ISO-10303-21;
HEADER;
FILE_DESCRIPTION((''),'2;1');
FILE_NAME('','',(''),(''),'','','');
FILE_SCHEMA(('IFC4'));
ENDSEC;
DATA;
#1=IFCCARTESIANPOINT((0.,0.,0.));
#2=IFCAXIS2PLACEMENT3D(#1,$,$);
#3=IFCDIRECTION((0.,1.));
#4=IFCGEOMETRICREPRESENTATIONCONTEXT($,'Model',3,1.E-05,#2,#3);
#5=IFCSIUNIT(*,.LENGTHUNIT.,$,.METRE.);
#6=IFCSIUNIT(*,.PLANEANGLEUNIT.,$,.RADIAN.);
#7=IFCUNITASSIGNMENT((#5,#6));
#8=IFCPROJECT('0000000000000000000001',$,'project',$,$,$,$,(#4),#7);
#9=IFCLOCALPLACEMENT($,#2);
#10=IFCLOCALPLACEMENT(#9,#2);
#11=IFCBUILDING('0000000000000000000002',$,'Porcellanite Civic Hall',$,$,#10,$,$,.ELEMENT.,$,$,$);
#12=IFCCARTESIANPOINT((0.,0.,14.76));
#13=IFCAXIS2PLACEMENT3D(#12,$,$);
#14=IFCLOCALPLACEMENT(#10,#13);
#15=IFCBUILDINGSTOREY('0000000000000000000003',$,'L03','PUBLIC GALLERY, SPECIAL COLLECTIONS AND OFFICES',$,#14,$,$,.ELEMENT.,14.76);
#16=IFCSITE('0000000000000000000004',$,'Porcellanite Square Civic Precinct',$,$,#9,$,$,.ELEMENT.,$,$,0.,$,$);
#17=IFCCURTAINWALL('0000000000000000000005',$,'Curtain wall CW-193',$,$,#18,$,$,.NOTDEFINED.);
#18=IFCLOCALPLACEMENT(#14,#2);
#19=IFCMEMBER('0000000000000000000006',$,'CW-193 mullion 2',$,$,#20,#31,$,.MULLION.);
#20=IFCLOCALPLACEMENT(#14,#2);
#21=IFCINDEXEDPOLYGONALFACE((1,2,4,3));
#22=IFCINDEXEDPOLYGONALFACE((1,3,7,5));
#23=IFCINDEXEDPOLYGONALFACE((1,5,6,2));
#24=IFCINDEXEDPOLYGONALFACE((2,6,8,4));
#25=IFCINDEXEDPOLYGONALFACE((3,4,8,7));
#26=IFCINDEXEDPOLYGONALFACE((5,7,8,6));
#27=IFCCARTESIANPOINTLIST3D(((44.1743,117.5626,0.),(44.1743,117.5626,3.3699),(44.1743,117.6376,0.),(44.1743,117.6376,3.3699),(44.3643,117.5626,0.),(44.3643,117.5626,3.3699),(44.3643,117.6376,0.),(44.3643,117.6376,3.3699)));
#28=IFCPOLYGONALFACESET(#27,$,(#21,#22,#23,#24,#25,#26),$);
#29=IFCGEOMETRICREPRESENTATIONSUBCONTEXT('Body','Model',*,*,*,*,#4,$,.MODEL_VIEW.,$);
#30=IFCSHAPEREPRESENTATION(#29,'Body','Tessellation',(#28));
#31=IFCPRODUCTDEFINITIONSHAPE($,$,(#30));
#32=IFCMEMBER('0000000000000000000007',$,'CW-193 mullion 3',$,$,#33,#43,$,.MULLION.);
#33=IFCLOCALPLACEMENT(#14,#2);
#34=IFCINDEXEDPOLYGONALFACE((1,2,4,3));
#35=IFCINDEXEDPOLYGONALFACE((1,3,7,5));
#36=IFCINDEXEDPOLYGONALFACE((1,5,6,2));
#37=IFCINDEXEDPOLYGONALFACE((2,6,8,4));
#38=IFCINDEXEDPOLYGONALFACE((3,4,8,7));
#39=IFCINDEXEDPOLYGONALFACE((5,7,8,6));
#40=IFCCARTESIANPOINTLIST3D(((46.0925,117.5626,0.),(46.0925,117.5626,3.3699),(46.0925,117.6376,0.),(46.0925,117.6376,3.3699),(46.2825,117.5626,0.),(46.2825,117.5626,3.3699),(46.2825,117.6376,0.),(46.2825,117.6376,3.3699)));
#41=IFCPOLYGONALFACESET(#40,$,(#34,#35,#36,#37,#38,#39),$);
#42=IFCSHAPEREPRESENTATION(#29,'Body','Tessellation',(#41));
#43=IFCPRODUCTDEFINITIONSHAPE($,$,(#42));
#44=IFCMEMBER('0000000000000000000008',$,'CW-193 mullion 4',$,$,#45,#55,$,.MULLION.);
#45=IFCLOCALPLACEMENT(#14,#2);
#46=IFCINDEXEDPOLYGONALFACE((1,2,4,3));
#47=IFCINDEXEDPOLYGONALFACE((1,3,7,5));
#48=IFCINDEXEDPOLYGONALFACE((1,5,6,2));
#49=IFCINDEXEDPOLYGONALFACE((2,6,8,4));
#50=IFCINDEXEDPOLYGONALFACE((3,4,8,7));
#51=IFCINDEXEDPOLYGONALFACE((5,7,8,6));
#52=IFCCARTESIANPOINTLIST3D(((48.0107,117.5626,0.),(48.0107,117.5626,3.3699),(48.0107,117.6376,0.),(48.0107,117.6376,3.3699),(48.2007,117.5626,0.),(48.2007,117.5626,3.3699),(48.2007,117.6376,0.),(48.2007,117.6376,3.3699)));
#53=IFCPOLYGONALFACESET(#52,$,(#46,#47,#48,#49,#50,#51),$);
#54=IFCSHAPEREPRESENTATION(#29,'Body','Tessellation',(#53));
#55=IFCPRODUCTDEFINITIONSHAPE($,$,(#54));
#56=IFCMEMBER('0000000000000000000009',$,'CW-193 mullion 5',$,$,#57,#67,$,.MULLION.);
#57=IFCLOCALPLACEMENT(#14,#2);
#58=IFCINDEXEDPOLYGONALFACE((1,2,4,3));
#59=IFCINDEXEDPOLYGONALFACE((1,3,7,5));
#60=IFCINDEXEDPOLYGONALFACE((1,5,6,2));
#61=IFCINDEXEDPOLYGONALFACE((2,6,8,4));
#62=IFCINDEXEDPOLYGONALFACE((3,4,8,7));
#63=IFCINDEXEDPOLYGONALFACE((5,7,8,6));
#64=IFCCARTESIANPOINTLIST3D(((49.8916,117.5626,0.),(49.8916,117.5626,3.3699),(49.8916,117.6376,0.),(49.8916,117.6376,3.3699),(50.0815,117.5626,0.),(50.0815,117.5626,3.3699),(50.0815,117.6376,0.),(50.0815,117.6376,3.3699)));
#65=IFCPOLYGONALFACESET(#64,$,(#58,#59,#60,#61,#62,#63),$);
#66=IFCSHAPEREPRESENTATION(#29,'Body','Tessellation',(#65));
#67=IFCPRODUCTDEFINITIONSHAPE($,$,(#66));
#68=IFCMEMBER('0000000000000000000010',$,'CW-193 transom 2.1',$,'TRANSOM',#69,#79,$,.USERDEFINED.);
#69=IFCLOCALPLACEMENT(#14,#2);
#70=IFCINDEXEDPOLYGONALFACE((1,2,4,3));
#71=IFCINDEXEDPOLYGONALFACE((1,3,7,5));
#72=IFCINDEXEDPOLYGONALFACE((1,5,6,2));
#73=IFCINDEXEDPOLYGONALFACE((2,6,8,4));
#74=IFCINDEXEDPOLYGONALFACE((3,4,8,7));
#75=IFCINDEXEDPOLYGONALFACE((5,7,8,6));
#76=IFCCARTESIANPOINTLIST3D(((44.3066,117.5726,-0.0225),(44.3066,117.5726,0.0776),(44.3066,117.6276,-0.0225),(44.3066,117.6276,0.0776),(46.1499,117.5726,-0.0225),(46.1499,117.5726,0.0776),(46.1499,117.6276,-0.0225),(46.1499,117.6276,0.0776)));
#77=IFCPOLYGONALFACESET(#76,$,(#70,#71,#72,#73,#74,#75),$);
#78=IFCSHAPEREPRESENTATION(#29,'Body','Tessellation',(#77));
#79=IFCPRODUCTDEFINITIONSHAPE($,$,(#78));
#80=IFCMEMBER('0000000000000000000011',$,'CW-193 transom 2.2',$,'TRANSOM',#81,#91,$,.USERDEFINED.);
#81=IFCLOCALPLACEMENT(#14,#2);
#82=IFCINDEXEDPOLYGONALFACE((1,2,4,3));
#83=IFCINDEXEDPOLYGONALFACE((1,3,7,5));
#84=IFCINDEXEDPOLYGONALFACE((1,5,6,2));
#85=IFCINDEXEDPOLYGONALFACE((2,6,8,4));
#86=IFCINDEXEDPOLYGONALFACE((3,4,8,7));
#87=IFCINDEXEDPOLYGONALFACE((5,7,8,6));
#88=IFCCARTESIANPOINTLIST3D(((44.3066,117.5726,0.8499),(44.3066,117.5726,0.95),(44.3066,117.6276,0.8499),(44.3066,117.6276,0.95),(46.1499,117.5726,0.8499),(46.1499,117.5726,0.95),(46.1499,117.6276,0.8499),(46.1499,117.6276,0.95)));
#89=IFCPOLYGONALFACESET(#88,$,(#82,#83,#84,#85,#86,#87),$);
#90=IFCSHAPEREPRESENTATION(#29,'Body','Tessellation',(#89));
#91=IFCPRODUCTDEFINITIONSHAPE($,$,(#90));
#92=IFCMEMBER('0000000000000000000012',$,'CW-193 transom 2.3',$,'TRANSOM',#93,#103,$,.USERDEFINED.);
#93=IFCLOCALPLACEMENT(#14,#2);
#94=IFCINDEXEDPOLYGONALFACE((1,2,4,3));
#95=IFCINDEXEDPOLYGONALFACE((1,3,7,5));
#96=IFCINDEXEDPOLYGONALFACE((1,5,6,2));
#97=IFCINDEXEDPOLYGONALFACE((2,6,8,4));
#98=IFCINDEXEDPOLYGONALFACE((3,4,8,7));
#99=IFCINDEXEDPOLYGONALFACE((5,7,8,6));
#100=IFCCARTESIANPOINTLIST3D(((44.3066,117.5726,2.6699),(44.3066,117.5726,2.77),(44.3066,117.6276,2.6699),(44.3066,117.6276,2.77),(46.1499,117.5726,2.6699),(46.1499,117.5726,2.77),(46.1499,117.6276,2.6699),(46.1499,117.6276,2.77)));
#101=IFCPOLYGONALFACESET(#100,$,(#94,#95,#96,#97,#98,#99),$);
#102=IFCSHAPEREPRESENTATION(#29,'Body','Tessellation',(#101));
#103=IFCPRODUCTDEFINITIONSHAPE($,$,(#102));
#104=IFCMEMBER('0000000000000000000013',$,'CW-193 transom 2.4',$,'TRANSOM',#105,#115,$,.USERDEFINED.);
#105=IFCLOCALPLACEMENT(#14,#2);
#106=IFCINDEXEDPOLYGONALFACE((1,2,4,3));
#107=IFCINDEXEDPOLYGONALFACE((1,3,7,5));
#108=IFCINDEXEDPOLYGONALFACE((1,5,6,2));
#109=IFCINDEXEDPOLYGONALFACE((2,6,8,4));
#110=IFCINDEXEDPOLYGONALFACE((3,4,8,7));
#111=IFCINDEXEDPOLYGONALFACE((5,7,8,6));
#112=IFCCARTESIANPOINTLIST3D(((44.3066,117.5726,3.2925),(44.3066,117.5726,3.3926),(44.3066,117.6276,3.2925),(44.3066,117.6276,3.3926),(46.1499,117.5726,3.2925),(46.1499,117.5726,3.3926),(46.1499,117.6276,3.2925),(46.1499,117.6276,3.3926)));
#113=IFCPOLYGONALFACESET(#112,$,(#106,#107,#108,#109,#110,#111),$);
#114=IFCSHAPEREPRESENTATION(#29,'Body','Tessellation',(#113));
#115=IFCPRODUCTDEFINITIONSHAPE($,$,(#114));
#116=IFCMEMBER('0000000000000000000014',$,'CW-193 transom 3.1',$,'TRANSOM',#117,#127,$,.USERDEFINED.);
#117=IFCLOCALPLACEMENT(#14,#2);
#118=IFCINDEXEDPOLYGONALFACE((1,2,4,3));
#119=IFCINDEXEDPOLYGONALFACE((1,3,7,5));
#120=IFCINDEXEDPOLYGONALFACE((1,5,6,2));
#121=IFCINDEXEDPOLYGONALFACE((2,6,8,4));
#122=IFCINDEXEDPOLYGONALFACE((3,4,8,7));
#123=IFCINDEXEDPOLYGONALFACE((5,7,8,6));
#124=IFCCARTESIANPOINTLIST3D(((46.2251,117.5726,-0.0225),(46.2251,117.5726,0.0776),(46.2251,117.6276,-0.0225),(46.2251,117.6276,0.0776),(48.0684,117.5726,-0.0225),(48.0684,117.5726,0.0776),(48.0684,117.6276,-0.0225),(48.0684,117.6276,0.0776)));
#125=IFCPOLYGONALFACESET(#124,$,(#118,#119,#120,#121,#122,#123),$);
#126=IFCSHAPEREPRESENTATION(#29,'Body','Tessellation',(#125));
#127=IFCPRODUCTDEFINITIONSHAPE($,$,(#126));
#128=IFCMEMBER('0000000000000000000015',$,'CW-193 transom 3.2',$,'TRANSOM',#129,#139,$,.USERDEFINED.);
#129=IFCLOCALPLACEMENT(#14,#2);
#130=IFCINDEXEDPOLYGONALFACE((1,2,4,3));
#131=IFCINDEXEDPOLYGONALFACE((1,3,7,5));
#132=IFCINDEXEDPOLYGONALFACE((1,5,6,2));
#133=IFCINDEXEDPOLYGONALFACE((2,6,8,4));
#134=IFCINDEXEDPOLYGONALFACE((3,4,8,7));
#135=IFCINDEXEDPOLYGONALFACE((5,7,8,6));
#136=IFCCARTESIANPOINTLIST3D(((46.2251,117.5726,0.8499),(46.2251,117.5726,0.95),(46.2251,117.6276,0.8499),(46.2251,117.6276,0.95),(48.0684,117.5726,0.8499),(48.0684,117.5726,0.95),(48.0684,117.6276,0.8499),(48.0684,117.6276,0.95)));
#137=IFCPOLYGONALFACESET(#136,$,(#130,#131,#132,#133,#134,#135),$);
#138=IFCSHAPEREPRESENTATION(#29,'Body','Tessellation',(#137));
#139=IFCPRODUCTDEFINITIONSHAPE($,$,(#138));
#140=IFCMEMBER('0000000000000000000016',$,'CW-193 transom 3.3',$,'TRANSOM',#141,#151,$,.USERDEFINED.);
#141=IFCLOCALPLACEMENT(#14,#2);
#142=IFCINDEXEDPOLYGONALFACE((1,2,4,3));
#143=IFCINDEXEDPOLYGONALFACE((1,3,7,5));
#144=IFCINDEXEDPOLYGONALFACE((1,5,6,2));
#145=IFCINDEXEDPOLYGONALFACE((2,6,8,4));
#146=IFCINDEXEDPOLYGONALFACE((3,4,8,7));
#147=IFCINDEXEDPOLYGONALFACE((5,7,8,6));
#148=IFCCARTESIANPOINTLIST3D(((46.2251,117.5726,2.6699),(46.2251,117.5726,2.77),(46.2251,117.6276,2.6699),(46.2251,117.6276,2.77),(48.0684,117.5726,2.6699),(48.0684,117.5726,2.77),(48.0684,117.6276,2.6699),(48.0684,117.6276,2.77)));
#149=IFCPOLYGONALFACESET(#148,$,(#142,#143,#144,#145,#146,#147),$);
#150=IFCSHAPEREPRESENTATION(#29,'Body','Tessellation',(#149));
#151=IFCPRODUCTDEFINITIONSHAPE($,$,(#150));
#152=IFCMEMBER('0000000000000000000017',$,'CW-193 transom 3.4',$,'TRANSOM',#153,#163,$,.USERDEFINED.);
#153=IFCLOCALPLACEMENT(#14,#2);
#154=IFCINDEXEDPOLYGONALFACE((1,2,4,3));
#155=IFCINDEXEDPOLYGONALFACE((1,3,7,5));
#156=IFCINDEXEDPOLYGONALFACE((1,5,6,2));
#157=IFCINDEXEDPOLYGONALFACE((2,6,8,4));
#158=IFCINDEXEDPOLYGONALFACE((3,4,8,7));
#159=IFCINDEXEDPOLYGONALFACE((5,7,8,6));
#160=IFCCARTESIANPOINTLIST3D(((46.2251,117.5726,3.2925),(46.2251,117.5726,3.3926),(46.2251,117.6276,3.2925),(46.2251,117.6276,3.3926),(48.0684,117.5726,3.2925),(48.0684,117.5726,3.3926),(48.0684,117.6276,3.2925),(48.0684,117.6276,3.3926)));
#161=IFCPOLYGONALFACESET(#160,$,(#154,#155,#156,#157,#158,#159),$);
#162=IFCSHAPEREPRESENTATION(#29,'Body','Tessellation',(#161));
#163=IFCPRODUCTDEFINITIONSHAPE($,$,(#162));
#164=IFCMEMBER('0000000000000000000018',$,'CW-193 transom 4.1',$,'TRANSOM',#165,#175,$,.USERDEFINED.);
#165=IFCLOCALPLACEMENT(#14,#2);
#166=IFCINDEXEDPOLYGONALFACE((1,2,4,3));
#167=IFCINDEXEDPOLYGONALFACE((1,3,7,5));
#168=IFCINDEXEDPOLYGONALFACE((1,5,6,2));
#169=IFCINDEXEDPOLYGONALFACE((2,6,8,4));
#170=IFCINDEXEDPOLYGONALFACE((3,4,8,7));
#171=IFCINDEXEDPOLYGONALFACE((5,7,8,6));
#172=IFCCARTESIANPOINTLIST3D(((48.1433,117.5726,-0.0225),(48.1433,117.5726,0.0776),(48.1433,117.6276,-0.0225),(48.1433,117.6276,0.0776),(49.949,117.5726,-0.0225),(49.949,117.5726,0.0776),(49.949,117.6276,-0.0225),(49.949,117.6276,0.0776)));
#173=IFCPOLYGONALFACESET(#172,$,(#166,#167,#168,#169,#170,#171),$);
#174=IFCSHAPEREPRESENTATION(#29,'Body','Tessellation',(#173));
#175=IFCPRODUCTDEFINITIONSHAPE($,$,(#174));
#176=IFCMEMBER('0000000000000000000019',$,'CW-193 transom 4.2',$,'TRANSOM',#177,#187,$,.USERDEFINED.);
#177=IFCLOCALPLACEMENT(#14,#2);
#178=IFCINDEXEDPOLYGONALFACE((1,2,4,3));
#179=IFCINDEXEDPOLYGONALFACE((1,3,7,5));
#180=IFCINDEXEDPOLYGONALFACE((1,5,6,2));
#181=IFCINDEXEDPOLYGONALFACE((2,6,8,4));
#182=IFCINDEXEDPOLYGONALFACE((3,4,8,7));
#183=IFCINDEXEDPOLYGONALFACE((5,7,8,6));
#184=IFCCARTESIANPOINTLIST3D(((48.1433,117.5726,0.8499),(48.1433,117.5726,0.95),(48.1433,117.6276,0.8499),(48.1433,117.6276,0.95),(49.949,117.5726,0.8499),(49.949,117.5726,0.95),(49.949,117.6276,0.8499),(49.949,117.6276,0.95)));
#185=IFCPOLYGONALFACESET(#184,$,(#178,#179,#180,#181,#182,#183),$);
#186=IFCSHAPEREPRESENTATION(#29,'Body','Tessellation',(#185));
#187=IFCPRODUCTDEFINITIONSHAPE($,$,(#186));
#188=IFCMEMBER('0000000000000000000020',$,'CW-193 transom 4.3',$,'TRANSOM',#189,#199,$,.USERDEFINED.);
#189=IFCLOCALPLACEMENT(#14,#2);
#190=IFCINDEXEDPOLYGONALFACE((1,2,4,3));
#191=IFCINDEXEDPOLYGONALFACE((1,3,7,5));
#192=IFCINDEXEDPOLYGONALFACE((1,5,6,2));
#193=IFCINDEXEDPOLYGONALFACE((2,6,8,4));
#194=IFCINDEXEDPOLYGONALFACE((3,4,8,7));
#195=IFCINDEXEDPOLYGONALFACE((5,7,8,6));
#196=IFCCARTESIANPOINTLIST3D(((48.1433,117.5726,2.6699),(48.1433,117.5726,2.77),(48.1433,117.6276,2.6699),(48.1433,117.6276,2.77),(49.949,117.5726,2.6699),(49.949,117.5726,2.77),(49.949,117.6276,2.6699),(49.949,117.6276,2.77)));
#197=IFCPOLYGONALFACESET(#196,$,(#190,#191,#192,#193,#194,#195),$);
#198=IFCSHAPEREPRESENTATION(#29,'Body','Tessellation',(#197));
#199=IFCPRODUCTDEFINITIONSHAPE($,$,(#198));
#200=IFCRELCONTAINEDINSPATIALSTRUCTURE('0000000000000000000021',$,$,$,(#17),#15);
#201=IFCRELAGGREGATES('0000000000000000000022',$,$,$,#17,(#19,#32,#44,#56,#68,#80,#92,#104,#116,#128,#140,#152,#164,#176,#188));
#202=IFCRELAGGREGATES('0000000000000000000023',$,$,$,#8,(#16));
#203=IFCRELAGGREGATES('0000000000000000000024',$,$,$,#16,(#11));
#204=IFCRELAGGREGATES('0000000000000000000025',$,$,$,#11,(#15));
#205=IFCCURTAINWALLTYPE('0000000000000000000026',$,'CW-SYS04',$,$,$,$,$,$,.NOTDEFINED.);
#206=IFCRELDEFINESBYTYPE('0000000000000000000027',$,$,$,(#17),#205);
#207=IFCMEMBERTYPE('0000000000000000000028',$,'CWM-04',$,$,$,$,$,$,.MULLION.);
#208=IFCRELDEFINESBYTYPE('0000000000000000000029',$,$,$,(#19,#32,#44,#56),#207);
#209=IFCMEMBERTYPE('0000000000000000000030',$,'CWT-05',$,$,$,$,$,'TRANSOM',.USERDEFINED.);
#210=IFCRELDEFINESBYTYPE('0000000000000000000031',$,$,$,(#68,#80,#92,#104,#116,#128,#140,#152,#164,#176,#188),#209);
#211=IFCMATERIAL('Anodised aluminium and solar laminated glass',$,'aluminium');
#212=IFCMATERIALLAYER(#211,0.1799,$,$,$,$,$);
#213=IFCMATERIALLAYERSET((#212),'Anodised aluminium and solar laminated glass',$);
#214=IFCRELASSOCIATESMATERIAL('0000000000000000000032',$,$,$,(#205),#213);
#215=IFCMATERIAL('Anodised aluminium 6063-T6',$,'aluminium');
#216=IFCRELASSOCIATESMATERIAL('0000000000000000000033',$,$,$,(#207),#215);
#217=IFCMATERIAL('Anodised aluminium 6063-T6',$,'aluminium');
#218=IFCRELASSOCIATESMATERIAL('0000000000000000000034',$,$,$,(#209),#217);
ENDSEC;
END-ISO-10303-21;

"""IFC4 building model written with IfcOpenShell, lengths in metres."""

from ifc_helpers import new_model, si_unit, direction, frame, origin, origin_2d, place, context, subcontext, project, spatial, rectangle, extrude, material, layer, layer_set, material_profile, profile_set, type_object, element, aggregate, save


model = new_model("IFC4")

# Units and contexts
model_context = context("Model", 3, precision=1e-05, world=origin(), true_north=direction((0.0, 1.0)))
body_context = subcontext(model_context, "Body", "Model", "MODEL_VIEW")
ifc_project = project(units=[si_unit("LENGTHUNIT", "METRE"), si_unit("PLANEANGLEUNIT", "RADIAN")], contexts=[model_context])

# Site, building, storey
site_placement = place(None, origin())
site = spatial("IfcSite", under=ifc_project, at=site_placement, Name="Porcellanite Square Civic Precinct", CompositionType="ELEMENT", RefElevation=0.0)
building_placement = place(site_placement, origin())
building = spatial("IfcBuilding", under=site, at=building_placement, Name="Porcellanite Civic Hall", CompositionType="ELEMENT")
storey_placement = place(building_placement, frame((0.0, 0.0, 14.76)))
storey = spatial("IfcBuildingStorey", under=building, at=storey_placement, Name="L03", Description="PUBLIC GALLERY, SPECIAL COLLECTIONS AND OFFICES", CompositionType="ELEMENT", Elevation=14.76)

# Curtain wall, members
ifc_material_1 = material(Name="Anodised aluminium and solar laminated glass", Category="aluminium")
ifc_layer_1 = layer(ifc_material_1, 0.1799)
ifc_layer_set_1 = layer_set([ifc_layer_1], Name="Anodised aluminium and solar laminated glass")
curtain_wall_type = type_object("IfcCurtainWallType", Name="CW-SYS04", PredefinedType="NOTDEFINED", material=ifc_layer_set_1)
curtain_wall_placement = place(storey_placement, origin())
curtain_wall = element("IfcCurtainWall", 1, at=curtain_wall_placement, inside=storey, type_object=curtain_wall_type, Name="Curtain wall CW-193", PredefinedType="NOTDEFINED")
ifc_material_2 = material(Name="Anodised aluminium 6063-T6", Category="aluminium")
ifc_material_profile_1 = material_profile(ifc_material_2, rectangle(XDim=0.075, YDim=0.1899, at=origin_2d()), Name="AL-75x190")
ifc_profile_set_1 = profile_set([ifc_material_profile_1], Name="Anodised aluminium 6063-T6")
member_type_1 = type_object("IfcMemberType", Name="CWM-04", PredefinedType="MULLION", material=ifc_profile_set_1)
member_1_placement = place(storey_placement, frame((44.2693, 117.6001, 0.0), z_axis=(0.0, 0.0, 1.0), x_axis=(0.0, 1.0, 0.0)))
member_1 = element("IfcMember", 2, at=member_1_placement, type_object=member_type_1, Name="CW-193 mullion 2", PredefinedType="MULLION", context=body_context, shape_type="SweptSolid", body=[
    extrude(rectangle(XDim=0.075, YDim=0.1899, at=origin_2d()), origin(), (0.0, 0.0, 1.0), 3.3699),
])
member_2_placement = place(storey_placement, frame((46.1875, 117.6001, 0.0), z_axis=(0.0, 0.0, 1.0), x_axis=(0.0, 1.0, 0.0)))
member_2 = element("IfcMember", 3, at=member_2_placement, type_object=member_type_1, Name="CW-193 mullion 3", PredefinedType="MULLION", context=body_context, shape_type="SweptSolid", body=[
    extrude(rectangle(XDim=0.075, YDim=0.1899, at=origin_2d()), origin(), (0.0, 0.0, 1.0), 3.3699),
])
member_3_placement = place(storey_placement, frame((48.1057, 117.6001, 0.0), z_axis=(0.0, 0.0, 1.0), x_axis=(0.0, 1.0, 0.0)))
member_3 = element("IfcMember", 4, at=member_3_placement, type_object=member_type_1, Name="CW-193 mullion 4", PredefinedType="MULLION", context=body_context, shape_type="SweptSolid", body=[
    extrude(rectangle(XDim=0.075, YDim=0.1899, at=origin_2d()), origin(), (0.0, 0.0, 1.0), 3.3699),
])
member_4_placement = place(storey_placement, frame((49.9866, 117.6001, 0.0), z_axis=(0.0, 0.0, 1.0), x_axis=(0.0, 1.0, 0.0)))
member_4 = element("IfcMember", 5, at=member_4_placement, type_object=member_type_1, Name="CW-193 mullion 5", PredefinedType="MULLION", context=body_context, shape_type="SweptSolid", body=[
    extrude(rectangle(XDim=0.075, YDim=0.1899, at=origin_2d()), origin(), (0.0, 0.0, 1.0), 3.3699),
])
ifc_material_3 = material(Name="Anodised aluminium 6063-T6", Category="aluminium")
ifc_material_profile_2 = material_profile(ifc_material_3, rectangle(XDim=0.0549, YDim=0.1001, at=origin_2d()), Name="AL-55x100")
ifc_profile_set_2 = profile_set([ifc_material_profile_2], Name="Anodised aluminium 6063-T6")
member_type_2 = type_object("IfcMemberType", Name="CWT-05", ElementType="TRANSOM", PredefinedType="USERDEFINED", material=ifc_profile_set_2)
member_5_placement = place(storey_placement, frame((44.3066, 117.6001, 0.0276), z_axis=(1.0, 0.0, 0.0), x_axis=(0.0, 1.0, 0.0)))
member_5 = element("IfcMember", 6, at=member_5_placement, type_object=member_type_2, Name="CW-193 transom 2.1", ObjectType="TRANSOM", PredefinedType="USERDEFINED", context=body_context, shape_type="SweptSolid", body=[
    extrude(rectangle(XDim=0.0549, YDim=0.1001, at=origin_2d()), origin(), (0.0, 0.0, 1.0), 1.8433),
])
member_6_placement = place(storey_placement, frame((44.3066, 117.6001, 0.8999), z_axis=(1.0, 0.0, 0.0), x_axis=(0.0, 1.0, 0.0)))
member_6 = element("IfcMember", 7, at=member_6_placement, type_object=member_type_2, Name="CW-193 transom 2.2", ObjectType="TRANSOM", PredefinedType="USERDEFINED", context=body_context, shape_type="SweptSolid", body=[
    extrude(rectangle(XDim=0.0549, YDim=0.1001, at=origin_2d()), origin(), (0.0, 0.0, 1.0), 1.8433),
])
member_7_placement = place(storey_placement, frame((44.3066, 117.6001, 2.72), z_axis=(1.0, 0.0, 0.0), x_axis=(0.0, 1.0, 0.0)))
member_7 = element("IfcMember", 8, at=member_7_placement, type_object=member_type_2, Name="CW-193 transom 2.3", ObjectType="TRANSOM", PredefinedType="USERDEFINED", context=body_context, shape_type="SweptSolid", body=[
    extrude(rectangle(XDim=0.0549, YDim=0.1001, at=origin_2d()), origin(), (0.0, 0.0, 1.0), 1.8433),
])
member_8_placement = place(storey_placement, frame((44.3066, 117.6001, 3.3425), z_axis=(1.0, 0.0, 0.0), x_axis=(0.0, 1.0, 0.0)))
member_8 = element("IfcMember", 9, at=member_8_placement, type_object=member_type_2, Name="CW-193 transom 2.4", ObjectType="TRANSOM", PredefinedType="USERDEFINED", context=body_context, shape_type="SweptSolid", body=[
    extrude(rectangle(XDim=0.0549, YDim=0.1001, at=origin_2d()), origin(), (0.0, 0.0, 1.0), 1.8433),
])
member_9_placement = place(storey_placement, frame((46.2251, 117.6001, 0.0276), z_axis=(1.0, 0.0, 0.0), x_axis=(0.0, 1.0, 0.0)))
member_9 = element("IfcMember", 10, at=member_9_placement, type_object=member_type_2, Name="CW-193 transom 3.1", ObjectType="TRANSOM", PredefinedType="USERDEFINED", context=body_context, shape_type="SweptSolid", body=[
    extrude(rectangle(XDim=0.0549, YDim=0.1001, at=origin_2d()), origin(), (0.0, 0.0, 1.0), 1.8433),
])
member_10_placement = place(storey_placement, frame((46.2251, 117.6001, 0.8999), z_axis=(1.0, 0.0, 0.0), x_axis=(0.0, 1.0, 0.0)))
member_10 = element("IfcMember", 11, at=member_10_placement, type_object=member_type_2, Name="CW-193 transom 3.2", ObjectType="TRANSOM", PredefinedType="USERDEFINED", context=body_context, shape_type="SweptSolid", body=[
    extrude(rectangle(XDim=0.0549, YDim=0.1001, at=origin_2d()), origin(), (0.0, 0.0, 1.0), 1.8433),
])
member_11_placement = place(storey_placement, frame((46.2251, 117.6001, 2.72), z_axis=(1.0, 0.0, 0.0), x_axis=(0.0, 1.0, 0.0)))
member_11 = element("IfcMember", 12, at=member_11_placement, type_object=member_type_2, Name="CW-193 transom 3.3", ObjectType="TRANSOM", PredefinedType="USERDEFINED", context=body_context, shape_type="SweptSolid", body=[
    extrude(rectangle(XDim=0.0549, YDim=0.1001, at=origin_2d()), origin(), (0.0, 0.0, 1.0), 1.8433),
])
member_12_placement = place(storey_placement, frame((46.2251, 117.6001, 3.3425), z_axis=(1.0, 0.0, 0.0), x_axis=(0.0, 1.0, 0.0)))
member_12 = element("IfcMember", 13, at=member_12_placement, type_object=member_type_2, Name="CW-193 transom 3.4", ObjectType="TRANSOM", PredefinedType="USERDEFINED", context=body_context, shape_type="SweptSolid", body=[
    extrude(rectangle(XDim=0.0549, YDim=0.1001, at=origin_2d()), origin(), (0.0, 0.0, 1.0), 1.8433),
])
member_13_placement = place(storey_placement, frame((48.1433, 117.6001, 0.0276), z_axis=(1.0, 0.0, 0.0), x_axis=(0.0, 1.0, 0.0)))
member_13 = element("IfcMember", 14, at=member_13_placement, type_object=member_type_2, Name="CW-193 transom 4.1", ObjectType="TRANSOM", PredefinedType="USERDEFINED", context=body_context, shape_type="SweptSolid", body=[
    extrude(rectangle(XDim=0.0549, YDim=0.1001, at=origin_2d()), origin(), (0.0, 0.0, 1.0), 1.8057),
])
member_14_placement = place(storey_placement, frame((48.1433, 117.6001, 0.8999), z_axis=(1.0, 0.0, 0.0), x_axis=(0.0, 1.0, 0.0)))
member_14 = element("IfcMember", 15, at=member_14_placement, type_object=member_type_2, Name="CW-193 transom 4.2", ObjectType="TRANSOM", PredefinedType="USERDEFINED", context=body_context, shape_type="SweptSolid", body=[
    extrude(rectangle(XDim=0.0549, YDim=0.1001, at=origin_2d()), origin(), (0.0, 0.0, 1.0), 1.8057),
])
member_15_placement = place(storey_placement, frame((48.1433, 117.6001, 2.72), z_axis=(1.0, 0.0, 0.0), x_axis=(0.0, 1.0, 0.0)))
member_15 = element("IfcMember", 16, at=member_15_placement, type_object=member_type_2, Name="CW-193 transom 4.3", ObjectType="TRANSOM", PredefinedType="USERDEFINED", context=body_context, shape_type="SweptSolid", body=[
    extrude(rectangle(XDim=0.0549, YDim=0.1001, at=origin_2d()), origin(), (0.0, 0.0, 1.0), 1.8057),
])
aggregate(curtain_wall, [member_1, member_2, member_3, member_4, member_5, member_6, member_7, member_8, member_9, member_10, member_11, member_12, member_13, member_14, member_15])

save(model, "model.ifc")
